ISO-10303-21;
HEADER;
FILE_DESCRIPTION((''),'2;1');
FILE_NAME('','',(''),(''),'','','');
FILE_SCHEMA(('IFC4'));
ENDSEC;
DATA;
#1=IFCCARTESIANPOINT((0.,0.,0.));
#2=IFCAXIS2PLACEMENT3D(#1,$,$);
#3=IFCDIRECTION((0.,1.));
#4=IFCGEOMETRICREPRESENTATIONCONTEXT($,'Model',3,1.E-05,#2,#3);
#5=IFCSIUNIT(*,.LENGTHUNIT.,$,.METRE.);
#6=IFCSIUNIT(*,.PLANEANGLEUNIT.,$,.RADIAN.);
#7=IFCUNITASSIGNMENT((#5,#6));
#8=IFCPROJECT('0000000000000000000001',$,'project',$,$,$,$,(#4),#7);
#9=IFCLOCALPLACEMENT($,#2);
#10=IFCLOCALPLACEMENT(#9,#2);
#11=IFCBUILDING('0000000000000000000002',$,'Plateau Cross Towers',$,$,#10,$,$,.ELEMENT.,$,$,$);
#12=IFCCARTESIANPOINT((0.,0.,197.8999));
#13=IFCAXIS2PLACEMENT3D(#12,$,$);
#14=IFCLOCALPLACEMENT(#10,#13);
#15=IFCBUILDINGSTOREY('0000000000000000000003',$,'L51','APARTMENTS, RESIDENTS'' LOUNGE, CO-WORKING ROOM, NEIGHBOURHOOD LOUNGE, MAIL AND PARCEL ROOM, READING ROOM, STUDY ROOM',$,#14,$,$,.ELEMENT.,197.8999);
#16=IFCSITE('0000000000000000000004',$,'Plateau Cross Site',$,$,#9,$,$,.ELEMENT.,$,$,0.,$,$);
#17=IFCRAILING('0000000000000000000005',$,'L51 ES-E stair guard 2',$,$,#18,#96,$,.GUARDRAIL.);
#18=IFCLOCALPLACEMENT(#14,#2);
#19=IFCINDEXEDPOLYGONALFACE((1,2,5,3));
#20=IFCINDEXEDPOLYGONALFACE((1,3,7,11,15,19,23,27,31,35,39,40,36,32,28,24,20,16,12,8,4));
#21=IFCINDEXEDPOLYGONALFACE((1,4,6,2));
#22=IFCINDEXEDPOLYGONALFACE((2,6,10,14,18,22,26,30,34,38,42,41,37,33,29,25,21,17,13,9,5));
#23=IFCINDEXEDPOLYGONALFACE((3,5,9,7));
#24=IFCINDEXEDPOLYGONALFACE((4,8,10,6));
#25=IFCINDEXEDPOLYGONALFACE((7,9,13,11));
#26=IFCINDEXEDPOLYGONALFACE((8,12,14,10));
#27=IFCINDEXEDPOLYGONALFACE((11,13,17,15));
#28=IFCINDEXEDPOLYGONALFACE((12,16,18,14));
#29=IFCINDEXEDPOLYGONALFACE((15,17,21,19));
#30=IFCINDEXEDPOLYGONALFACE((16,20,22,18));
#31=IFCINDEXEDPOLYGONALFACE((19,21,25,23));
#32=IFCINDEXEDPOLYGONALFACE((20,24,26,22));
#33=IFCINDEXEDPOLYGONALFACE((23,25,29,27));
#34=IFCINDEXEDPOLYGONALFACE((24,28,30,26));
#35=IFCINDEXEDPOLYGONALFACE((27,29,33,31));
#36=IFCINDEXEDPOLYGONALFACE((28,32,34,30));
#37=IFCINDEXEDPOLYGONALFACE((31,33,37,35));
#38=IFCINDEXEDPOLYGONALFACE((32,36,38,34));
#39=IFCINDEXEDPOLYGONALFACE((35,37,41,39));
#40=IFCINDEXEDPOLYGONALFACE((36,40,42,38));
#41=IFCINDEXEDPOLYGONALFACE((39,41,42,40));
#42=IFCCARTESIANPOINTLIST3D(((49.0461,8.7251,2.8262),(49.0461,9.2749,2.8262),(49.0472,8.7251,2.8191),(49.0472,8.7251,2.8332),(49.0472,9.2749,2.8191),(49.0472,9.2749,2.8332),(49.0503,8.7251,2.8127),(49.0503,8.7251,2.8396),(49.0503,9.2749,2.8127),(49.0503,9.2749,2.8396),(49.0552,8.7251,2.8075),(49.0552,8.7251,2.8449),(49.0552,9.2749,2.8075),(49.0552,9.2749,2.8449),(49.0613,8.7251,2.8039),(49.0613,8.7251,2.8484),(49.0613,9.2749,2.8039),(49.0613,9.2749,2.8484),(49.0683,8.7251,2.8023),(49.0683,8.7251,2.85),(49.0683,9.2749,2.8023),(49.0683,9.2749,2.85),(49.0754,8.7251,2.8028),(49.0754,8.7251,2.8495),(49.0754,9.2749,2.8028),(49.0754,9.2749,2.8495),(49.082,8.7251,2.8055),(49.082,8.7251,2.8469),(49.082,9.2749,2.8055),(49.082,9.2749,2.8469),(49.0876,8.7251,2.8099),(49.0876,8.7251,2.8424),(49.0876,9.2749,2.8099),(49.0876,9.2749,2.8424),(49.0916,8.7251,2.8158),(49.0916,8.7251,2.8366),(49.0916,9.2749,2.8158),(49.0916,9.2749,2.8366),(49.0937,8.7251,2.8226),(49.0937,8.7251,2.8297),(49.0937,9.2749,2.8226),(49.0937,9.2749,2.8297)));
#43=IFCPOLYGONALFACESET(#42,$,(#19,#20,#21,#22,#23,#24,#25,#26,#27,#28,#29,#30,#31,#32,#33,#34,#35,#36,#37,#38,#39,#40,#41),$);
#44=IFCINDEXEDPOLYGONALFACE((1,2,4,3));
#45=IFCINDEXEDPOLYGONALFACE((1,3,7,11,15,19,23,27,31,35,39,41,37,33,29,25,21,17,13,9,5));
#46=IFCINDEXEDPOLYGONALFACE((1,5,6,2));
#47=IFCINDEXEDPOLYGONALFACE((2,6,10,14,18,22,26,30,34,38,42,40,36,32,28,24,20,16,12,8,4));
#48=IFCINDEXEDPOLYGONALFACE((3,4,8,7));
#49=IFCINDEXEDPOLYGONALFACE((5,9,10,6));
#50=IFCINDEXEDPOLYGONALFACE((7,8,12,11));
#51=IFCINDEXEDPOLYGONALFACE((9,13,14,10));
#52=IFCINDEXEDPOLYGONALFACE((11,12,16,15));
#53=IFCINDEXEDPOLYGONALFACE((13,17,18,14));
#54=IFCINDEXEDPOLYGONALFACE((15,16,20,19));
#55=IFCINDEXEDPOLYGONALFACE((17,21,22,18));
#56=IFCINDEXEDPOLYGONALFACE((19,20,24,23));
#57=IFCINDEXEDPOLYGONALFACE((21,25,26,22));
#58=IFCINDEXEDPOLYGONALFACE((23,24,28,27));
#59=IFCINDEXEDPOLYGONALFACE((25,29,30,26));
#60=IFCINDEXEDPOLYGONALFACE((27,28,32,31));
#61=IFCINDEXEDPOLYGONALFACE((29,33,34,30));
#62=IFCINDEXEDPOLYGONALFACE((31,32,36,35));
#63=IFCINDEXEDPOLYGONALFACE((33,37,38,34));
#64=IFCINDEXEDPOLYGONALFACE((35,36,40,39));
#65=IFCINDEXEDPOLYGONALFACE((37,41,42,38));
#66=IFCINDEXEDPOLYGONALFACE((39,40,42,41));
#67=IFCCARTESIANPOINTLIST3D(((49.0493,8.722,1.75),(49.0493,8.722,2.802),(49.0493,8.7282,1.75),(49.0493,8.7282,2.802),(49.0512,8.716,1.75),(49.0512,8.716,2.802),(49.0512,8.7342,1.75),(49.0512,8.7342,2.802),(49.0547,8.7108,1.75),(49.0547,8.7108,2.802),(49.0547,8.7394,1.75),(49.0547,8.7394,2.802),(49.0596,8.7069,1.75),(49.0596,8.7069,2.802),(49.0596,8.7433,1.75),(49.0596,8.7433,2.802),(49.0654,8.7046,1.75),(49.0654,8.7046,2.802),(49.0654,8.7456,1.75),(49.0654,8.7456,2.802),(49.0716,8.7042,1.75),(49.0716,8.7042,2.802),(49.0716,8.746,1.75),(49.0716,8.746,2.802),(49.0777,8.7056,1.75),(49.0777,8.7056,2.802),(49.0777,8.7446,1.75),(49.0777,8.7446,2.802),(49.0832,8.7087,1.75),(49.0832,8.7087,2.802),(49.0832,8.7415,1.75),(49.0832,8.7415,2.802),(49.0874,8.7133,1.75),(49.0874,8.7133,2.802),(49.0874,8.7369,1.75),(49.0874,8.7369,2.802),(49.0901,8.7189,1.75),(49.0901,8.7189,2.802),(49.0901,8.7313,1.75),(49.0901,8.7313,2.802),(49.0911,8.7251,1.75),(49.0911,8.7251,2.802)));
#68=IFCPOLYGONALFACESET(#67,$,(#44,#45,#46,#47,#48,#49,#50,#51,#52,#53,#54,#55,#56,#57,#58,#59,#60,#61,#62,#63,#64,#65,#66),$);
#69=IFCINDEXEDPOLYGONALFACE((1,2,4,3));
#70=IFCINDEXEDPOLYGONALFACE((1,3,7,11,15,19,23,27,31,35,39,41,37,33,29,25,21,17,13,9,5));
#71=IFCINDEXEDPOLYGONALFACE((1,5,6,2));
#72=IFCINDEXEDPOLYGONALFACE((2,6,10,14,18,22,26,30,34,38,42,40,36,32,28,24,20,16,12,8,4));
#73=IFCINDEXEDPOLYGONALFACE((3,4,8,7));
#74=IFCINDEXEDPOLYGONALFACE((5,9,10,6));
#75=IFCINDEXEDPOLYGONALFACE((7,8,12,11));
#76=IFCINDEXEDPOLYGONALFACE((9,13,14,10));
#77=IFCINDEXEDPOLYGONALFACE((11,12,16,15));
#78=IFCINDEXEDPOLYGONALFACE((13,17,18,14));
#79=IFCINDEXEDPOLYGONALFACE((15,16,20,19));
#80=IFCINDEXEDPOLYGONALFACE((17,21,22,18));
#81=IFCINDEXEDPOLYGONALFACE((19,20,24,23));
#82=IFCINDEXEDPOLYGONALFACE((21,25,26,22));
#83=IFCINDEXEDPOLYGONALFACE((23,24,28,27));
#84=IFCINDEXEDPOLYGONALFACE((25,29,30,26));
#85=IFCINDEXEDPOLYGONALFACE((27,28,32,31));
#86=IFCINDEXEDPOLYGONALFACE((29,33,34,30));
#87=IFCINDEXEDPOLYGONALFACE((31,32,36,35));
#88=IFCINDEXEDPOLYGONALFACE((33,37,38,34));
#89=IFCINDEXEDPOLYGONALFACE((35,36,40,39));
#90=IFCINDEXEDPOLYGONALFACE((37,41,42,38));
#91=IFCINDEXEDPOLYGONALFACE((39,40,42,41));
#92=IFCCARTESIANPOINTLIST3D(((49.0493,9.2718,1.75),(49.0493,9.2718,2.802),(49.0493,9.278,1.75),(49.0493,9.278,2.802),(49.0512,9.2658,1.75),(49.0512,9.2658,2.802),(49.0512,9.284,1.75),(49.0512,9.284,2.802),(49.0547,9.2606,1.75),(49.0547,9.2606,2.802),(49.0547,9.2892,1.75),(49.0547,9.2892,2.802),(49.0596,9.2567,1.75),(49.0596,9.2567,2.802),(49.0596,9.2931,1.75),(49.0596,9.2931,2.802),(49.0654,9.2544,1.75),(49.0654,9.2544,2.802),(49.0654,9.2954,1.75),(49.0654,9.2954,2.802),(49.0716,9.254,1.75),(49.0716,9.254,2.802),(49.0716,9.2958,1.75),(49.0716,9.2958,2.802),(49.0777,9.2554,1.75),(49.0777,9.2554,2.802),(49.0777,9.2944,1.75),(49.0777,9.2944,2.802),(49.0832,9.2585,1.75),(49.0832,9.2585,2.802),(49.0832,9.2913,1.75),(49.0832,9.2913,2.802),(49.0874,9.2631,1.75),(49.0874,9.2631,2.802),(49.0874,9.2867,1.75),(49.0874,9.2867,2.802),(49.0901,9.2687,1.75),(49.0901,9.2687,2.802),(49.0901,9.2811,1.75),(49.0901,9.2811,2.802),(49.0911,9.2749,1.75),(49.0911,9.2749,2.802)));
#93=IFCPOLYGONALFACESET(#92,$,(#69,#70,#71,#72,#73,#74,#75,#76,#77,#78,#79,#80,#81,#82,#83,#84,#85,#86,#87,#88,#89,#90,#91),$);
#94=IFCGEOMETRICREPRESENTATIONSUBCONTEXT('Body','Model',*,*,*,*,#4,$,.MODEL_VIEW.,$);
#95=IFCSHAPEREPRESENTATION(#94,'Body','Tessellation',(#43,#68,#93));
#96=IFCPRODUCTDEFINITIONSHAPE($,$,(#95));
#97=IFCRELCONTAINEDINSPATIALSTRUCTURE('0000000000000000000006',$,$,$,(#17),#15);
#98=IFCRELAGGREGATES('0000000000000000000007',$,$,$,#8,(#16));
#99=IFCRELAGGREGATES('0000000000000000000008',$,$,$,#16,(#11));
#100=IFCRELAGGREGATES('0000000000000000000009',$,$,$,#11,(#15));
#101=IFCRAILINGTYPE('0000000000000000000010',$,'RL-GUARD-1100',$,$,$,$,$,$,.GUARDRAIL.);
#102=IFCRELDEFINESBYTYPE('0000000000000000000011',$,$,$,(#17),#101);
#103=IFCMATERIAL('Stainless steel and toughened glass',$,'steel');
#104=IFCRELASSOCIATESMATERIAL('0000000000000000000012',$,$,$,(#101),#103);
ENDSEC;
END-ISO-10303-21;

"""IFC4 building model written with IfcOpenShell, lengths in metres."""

from ifc_helpers import new_model, si_unit, direction, frame, origin, origin_2d, place, context, subcontext, project, spatial, circle, extrude, material, type_object, element, save


model = new_model("IFC4")

# Units and contexts
model_context = context("Model", 3, precision=1e-05, world=origin(), true_north=direction((0.0, 1.0)))
body_context = subcontext(model_context, "Body", "Model", "MODEL_VIEW")
ifc_project = project(units=[si_unit("LENGTHUNIT", "METRE"), si_unit("PLANEANGLEUNIT", "RADIAN")], contexts=[model_context])

# Site, building, storey
site_placement = place(None, origin())
site = spatial("IfcSite", under=ifc_project, at=site_placement, Name="Plateau Cross Site", CompositionType="ELEMENT", RefElevation=0.0)
building_placement = place(site_placement, origin())
building = spatial("IfcBuilding", under=site, at=building_placement, Name="Plateau Cross Towers", CompositionType="ELEMENT")
storey_placement = place(building_placement, frame((0.0, 0.0, 197.8999)))
storey = spatial("IfcBuildingStorey", under=building, at=storey_placement, Name="L51", Description="APARTMENTS, RESIDENTS' LOUNGE, CO-WORKING ROOM, NEIGHBOURHOOD LOUNGE, MAIL AND PARCEL ROOM, READING ROOM, STUDY ROOM", CompositionType="ELEMENT", Elevation=197.8999)

# Railing
ifc_material_1 = material(Name="Stainless steel and toughened glass", Category="steel")
railing_type_1 = type_object("IfcRailingType", Name="RL-GUARD-1100", PredefinedType="GUARDRAIL", material=ifc_material_1)
railing_1_placement = place(storey_placement, frame((49.0701, 8.7251, 1.75)))
element("IfcRailing", 1, at=railing_1_placement, inside=storey, type_object=railing_type_1, Name="L51 ES-E stair guard 2", PredefinedType="GUARDRAIL", context=body_context, shape_type="SweptSolid", body=[
    extrude(circle(Radius=0.0239, at=origin_2d()), frame((0.0, 0.0, 1.0762), z_axis=(0.0, 1.0, 0.0), x_axis=(-1.0, 0.0, 0.0)), (0.0, 0.0, 1.0), 0.5498),
    extrude(circle(Radius=0.021, at=origin_2d()), origin(), (0.0, 0.0, 1.0), 1.052),
    extrude(circle(Radius=0.021, at=origin_2d()), frame((0.0, 0.5498, 0.0)), (0.0, 0.0, 1.0), 1.052),
])

save(model, "model.ifc")
